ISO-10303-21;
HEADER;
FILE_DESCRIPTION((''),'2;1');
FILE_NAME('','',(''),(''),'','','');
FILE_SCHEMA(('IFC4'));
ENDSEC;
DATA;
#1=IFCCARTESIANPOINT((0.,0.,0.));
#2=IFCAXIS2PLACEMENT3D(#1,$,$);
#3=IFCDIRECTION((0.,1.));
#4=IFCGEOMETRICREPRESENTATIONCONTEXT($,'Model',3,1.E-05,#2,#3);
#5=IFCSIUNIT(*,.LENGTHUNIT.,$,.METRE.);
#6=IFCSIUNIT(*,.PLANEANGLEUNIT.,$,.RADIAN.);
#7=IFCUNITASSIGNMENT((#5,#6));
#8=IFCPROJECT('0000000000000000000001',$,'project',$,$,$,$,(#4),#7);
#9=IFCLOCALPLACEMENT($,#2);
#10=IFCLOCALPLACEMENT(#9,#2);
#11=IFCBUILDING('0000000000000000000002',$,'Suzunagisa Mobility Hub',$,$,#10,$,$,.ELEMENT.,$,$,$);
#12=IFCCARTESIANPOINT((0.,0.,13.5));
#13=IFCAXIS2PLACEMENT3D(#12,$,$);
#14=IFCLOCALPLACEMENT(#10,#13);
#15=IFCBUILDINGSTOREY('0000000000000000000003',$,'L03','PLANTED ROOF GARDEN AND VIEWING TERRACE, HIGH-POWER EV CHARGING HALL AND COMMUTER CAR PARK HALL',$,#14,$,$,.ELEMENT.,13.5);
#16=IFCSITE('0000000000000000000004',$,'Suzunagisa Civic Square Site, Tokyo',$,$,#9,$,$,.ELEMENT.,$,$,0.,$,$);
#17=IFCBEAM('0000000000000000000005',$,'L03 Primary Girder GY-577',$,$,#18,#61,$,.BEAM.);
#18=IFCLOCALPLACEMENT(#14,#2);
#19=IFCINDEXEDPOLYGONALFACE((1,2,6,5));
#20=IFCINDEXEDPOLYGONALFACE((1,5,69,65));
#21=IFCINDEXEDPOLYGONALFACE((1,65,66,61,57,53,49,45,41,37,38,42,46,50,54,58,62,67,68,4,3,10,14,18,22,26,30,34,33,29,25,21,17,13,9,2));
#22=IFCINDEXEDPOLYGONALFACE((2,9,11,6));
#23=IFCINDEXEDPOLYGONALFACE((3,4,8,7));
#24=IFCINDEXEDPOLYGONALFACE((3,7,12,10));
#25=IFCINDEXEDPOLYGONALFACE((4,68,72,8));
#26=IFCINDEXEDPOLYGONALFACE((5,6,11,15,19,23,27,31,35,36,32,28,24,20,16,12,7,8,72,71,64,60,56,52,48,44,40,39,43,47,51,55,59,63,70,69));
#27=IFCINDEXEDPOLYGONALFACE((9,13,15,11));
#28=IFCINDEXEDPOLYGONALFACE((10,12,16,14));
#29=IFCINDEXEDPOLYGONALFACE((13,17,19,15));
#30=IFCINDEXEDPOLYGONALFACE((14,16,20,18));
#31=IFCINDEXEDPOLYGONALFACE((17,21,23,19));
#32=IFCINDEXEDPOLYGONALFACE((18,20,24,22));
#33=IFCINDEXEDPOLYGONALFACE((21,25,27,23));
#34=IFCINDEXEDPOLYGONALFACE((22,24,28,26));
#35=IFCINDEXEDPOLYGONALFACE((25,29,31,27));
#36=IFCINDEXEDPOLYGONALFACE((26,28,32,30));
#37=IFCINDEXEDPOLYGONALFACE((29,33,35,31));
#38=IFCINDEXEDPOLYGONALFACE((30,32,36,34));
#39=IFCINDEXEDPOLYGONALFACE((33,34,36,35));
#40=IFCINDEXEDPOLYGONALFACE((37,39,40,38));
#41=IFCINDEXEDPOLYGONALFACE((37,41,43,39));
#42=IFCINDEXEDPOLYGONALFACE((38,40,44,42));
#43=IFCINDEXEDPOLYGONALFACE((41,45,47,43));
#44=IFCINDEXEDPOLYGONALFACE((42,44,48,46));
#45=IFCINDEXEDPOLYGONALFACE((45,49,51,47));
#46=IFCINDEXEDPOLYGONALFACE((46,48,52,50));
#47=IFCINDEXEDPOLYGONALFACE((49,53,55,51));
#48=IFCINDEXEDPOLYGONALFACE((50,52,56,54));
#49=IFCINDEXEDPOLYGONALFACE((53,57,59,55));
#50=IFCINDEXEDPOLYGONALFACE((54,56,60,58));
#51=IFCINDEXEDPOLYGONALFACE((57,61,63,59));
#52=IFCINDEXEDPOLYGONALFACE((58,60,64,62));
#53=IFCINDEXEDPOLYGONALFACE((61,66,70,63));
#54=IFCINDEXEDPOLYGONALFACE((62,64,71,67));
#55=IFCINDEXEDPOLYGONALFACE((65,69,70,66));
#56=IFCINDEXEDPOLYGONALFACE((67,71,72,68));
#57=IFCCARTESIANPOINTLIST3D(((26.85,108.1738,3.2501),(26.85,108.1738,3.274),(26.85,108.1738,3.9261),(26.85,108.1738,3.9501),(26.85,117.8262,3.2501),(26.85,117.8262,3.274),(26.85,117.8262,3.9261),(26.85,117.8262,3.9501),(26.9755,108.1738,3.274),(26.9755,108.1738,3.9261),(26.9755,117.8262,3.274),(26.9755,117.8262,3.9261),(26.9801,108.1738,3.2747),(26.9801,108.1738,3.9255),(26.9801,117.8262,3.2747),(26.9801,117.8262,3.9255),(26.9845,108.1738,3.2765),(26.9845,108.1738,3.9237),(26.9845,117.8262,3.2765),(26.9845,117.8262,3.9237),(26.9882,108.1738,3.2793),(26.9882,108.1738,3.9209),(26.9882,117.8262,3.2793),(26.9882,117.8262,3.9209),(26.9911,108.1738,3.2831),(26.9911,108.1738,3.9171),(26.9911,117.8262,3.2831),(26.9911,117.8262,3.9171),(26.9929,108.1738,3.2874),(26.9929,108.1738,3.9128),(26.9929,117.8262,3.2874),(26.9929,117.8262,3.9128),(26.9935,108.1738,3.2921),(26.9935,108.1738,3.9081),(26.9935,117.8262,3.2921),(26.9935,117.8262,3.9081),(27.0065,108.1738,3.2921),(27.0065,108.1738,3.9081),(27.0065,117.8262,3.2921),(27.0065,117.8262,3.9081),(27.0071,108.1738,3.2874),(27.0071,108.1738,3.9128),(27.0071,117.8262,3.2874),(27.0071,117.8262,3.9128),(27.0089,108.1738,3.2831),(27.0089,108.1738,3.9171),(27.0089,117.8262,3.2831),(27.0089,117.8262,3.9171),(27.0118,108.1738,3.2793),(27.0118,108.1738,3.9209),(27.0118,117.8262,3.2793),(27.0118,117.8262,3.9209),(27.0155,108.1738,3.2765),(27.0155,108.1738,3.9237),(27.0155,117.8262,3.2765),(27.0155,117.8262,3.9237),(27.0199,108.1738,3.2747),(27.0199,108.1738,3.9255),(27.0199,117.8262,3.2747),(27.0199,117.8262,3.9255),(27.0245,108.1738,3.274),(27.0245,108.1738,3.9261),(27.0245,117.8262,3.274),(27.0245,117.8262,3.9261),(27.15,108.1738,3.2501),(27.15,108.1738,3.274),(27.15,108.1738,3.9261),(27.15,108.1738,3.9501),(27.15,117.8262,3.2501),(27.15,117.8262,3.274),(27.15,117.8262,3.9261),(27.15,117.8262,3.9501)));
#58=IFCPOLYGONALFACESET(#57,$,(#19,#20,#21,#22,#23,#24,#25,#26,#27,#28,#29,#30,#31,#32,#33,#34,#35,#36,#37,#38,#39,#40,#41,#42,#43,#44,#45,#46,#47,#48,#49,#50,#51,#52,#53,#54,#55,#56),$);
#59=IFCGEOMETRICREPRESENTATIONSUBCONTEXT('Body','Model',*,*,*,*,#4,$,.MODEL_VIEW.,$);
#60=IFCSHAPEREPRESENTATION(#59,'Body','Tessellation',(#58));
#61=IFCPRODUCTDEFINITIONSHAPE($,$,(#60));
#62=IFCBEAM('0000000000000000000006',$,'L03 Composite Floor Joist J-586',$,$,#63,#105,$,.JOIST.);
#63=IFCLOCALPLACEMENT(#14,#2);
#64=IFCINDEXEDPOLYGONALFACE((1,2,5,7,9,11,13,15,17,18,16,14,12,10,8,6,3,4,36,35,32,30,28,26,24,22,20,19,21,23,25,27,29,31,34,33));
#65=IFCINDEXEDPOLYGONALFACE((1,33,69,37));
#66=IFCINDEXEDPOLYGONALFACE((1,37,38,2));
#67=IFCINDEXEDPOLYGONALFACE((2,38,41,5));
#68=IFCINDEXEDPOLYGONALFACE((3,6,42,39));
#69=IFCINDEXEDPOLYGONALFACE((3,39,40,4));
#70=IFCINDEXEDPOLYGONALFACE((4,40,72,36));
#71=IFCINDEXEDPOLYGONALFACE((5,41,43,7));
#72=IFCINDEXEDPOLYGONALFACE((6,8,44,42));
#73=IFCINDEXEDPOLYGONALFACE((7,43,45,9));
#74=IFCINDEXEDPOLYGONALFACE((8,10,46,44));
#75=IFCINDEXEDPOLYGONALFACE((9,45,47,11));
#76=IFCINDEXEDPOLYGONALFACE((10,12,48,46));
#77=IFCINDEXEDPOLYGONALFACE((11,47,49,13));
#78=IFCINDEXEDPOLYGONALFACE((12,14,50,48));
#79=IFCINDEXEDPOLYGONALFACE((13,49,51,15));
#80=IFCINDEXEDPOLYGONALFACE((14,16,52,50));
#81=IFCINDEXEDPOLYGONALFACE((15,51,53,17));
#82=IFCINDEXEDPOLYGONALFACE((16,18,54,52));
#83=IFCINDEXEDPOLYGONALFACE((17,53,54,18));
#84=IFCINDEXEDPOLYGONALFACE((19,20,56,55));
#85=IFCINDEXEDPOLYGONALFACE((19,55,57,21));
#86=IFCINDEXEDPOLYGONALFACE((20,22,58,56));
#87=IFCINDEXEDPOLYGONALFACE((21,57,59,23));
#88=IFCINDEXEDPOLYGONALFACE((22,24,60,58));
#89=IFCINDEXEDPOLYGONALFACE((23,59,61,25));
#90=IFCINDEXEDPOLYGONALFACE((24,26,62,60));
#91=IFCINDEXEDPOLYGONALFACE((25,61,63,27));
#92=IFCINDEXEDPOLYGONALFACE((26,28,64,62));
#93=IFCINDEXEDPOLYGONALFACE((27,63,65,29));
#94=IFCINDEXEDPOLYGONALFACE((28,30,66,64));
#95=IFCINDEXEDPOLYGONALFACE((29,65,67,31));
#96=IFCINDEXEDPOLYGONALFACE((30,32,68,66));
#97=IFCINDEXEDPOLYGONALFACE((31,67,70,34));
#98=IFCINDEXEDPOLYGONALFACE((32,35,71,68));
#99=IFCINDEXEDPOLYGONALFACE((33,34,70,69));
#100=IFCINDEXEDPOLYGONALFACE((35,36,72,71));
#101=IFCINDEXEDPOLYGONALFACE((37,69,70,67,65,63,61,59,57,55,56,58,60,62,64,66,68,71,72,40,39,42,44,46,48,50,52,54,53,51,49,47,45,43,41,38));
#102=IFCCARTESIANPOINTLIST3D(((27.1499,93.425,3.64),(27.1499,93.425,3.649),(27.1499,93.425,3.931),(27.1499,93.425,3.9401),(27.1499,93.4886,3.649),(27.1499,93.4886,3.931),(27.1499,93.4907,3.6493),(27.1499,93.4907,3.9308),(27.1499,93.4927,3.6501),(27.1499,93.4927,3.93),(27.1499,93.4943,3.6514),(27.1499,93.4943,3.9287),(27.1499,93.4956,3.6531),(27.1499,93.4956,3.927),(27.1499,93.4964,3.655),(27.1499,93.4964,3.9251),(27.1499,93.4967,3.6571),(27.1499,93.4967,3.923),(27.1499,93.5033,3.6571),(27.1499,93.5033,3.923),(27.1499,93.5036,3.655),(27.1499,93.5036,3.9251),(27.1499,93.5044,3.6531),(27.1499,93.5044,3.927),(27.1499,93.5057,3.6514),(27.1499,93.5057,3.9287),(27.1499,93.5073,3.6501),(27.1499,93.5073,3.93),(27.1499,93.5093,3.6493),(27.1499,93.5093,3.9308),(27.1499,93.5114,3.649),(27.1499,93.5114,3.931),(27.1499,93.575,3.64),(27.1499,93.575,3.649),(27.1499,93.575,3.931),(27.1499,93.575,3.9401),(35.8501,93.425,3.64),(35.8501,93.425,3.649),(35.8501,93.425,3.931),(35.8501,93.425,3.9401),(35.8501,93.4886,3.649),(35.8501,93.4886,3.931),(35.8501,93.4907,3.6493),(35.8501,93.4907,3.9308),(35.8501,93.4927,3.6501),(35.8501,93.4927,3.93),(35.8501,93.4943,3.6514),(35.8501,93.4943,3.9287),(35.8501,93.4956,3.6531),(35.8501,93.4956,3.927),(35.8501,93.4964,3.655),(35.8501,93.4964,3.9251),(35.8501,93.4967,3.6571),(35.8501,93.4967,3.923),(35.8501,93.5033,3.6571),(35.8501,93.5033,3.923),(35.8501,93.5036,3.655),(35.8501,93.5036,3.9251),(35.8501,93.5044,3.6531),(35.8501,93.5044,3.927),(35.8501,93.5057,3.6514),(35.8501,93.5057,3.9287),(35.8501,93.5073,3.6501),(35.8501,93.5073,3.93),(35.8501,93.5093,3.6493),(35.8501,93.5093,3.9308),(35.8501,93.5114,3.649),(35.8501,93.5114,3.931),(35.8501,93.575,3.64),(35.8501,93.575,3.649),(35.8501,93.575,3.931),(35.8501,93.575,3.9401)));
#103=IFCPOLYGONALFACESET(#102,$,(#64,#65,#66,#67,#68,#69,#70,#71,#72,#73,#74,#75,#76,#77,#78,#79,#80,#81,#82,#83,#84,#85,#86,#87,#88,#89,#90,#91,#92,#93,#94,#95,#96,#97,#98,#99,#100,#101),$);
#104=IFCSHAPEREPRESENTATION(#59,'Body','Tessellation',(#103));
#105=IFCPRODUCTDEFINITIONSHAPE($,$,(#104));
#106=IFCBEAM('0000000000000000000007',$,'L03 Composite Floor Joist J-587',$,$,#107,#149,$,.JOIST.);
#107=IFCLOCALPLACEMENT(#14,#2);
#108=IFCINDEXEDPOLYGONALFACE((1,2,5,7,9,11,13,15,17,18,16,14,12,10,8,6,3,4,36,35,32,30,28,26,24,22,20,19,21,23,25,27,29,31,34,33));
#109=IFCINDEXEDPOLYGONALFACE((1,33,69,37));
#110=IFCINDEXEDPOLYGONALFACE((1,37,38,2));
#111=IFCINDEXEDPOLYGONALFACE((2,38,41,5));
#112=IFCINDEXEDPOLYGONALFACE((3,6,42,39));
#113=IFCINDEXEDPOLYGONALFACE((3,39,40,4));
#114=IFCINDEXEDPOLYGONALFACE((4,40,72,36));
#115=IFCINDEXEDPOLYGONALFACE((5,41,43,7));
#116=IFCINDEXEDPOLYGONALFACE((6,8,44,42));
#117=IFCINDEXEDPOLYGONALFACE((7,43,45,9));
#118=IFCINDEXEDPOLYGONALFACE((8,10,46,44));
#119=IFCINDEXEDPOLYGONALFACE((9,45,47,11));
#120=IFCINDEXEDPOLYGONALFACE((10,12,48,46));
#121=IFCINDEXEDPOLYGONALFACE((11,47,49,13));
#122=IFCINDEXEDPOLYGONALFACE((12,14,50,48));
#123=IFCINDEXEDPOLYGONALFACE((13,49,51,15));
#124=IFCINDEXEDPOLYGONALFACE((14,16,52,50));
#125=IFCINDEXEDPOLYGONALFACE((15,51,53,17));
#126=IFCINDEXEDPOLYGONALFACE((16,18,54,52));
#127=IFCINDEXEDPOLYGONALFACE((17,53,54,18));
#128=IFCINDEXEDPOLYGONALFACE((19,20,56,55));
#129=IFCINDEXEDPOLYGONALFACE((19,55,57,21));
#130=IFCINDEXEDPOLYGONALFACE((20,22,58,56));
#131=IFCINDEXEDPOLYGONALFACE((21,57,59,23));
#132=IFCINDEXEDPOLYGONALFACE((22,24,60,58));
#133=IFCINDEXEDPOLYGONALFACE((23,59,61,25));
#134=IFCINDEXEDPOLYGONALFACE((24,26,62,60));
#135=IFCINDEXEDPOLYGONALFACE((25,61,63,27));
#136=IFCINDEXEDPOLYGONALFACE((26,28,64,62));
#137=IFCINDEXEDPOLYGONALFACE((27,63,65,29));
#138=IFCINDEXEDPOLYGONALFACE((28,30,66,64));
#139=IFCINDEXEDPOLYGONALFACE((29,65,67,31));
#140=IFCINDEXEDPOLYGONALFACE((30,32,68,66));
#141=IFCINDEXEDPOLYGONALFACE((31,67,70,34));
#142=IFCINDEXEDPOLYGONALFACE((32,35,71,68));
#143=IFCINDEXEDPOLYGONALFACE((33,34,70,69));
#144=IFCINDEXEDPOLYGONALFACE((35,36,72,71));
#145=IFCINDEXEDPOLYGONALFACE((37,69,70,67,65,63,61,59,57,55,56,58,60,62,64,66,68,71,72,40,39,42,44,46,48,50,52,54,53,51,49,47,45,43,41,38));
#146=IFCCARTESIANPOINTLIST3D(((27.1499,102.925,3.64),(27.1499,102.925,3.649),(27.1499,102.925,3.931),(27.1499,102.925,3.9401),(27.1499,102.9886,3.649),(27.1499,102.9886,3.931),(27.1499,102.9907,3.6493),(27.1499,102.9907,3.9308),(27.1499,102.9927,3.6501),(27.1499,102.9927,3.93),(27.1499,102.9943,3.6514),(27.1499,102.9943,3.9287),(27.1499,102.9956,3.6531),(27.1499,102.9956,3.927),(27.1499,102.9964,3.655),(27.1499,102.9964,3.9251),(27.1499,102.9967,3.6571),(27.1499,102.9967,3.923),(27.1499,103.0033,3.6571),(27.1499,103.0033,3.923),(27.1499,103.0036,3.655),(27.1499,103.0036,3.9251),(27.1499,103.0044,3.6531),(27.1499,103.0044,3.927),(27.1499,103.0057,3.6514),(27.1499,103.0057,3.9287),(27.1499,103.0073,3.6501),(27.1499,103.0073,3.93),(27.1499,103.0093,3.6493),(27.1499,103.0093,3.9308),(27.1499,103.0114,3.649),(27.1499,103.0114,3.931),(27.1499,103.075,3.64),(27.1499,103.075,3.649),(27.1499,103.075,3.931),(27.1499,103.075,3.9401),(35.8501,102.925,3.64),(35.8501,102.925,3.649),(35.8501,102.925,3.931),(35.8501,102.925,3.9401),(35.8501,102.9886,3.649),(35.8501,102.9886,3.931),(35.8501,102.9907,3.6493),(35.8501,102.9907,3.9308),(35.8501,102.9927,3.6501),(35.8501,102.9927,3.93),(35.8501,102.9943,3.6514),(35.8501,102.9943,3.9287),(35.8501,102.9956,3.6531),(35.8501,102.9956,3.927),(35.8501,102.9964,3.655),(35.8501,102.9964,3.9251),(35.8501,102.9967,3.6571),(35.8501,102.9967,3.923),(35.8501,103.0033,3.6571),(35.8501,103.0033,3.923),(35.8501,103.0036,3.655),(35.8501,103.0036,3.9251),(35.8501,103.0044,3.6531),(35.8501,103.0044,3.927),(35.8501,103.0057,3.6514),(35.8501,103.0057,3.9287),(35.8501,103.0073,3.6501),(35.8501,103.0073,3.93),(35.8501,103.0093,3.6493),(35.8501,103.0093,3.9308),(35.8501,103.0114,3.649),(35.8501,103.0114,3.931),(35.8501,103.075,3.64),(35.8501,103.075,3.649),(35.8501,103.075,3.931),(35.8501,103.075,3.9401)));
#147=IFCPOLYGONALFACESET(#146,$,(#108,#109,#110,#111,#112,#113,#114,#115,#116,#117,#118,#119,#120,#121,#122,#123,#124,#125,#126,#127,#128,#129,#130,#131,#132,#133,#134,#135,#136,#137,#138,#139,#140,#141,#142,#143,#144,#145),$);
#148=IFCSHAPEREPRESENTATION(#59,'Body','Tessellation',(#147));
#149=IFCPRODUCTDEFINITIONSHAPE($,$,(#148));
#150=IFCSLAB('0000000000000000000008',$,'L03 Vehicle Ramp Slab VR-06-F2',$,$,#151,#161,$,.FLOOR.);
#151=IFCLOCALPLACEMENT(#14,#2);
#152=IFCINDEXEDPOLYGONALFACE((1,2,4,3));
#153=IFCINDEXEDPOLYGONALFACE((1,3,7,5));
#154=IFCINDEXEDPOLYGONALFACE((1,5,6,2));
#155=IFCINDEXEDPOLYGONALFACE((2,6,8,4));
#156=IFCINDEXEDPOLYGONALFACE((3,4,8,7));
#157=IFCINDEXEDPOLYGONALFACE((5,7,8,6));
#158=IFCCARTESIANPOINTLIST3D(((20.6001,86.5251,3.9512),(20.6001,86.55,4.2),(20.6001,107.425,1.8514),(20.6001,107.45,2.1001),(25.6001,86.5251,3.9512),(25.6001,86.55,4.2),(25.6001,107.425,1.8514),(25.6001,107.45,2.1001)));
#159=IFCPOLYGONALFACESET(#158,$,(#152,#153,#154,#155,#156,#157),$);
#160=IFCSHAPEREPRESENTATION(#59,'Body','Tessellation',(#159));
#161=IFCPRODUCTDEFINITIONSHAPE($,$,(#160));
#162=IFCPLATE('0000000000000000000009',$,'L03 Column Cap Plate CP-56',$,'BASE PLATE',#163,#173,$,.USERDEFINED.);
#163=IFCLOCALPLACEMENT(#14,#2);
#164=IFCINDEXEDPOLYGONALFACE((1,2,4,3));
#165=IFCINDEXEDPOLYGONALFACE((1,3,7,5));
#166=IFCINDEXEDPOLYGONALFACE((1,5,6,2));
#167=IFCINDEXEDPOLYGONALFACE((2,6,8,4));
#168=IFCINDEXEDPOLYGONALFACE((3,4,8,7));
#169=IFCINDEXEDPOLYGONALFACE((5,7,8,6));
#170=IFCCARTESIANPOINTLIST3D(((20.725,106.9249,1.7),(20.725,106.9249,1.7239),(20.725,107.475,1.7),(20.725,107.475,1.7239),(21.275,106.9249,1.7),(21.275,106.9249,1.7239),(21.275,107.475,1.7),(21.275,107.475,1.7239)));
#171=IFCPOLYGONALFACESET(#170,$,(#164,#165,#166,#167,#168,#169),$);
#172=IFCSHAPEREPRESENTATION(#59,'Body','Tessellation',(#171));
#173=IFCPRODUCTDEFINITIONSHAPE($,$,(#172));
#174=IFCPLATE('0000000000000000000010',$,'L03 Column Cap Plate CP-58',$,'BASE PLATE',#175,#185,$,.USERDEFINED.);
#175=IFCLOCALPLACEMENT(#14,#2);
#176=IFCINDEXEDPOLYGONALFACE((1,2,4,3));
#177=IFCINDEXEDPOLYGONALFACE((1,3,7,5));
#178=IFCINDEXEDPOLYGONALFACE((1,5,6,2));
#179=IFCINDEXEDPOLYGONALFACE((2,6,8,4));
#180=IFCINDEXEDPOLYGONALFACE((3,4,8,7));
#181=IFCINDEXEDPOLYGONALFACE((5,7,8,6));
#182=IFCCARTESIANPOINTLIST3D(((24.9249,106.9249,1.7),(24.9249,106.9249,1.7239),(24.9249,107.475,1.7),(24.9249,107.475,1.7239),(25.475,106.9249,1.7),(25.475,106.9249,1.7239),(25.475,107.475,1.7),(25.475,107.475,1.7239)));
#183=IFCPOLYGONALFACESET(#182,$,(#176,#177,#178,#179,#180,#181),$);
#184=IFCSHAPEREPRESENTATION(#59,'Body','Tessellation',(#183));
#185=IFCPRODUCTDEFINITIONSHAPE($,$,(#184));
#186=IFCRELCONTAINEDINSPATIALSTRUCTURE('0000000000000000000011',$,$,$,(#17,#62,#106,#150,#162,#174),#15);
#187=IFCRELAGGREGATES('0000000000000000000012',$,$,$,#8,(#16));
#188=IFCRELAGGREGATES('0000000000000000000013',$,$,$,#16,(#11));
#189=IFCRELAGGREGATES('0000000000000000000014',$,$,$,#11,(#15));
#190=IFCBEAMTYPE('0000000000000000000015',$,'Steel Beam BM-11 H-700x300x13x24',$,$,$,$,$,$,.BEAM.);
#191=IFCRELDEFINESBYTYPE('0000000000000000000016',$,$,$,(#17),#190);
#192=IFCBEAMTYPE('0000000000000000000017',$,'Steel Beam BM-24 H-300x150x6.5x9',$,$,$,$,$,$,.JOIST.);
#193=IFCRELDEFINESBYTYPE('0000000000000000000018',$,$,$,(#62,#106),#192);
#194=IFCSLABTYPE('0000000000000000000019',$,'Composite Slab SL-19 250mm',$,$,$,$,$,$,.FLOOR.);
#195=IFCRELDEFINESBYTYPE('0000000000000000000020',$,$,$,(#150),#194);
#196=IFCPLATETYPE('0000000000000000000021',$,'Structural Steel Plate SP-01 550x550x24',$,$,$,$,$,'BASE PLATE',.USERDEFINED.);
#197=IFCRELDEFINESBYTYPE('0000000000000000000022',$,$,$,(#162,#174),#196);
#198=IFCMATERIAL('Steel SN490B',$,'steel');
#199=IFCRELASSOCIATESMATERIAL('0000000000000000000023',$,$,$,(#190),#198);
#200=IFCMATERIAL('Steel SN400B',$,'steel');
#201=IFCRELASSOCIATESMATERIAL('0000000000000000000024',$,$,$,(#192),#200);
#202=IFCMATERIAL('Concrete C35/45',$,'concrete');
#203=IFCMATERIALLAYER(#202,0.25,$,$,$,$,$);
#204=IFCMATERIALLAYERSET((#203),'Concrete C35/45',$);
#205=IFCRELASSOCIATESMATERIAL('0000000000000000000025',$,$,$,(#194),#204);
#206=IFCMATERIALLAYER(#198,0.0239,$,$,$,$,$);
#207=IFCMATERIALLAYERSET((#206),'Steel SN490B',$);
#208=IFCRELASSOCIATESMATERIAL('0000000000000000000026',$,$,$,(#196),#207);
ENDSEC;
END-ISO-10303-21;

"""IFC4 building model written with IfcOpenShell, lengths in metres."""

from ifc_helpers import new_model, si_unit, direction, frame, origin, origin_2d, place, context, subcontext, project, spatial, polyline, rectangle, i_section, outline, extrude, material, layer, layer_set, material_profile, profile_set, type_object, element, save


model = new_model("IFC4")

# Units and contexts
model_context = context("Model", 3, precision=1e-05, world=origin(), true_north=direction((0.0, 1.0)))
body_context = subcontext(model_context, "Body", "Model", "MODEL_VIEW")
ifc_project = project(units=[si_unit("LENGTHUNIT", "METRE"), si_unit("PLANEANGLEUNIT", "RADIAN")], contexts=[model_context])

# Site, building, storey
site_placement = place(None, origin())
site = spatial("IfcSite", under=ifc_project, at=site_placement, Name="Suzunagisa Civic Square Site, Tokyo", CompositionType="ELEMENT", RefElevation=0.0)
building_placement = place(site_placement, origin())
building = spatial("IfcBuilding", under=site, at=building_placement, Name="Suzunagisa Mobility Hub", CompositionType="ELEMENT")
storey_placement = place(building_placement, frame((0.0, 0.0, 13.5)))
storey = spatial("IfcBuildingStorey", under=building, at=storey_placement, Name="L03", Description="PLANTED ROOF GARDEN AND VIEWING TERRACE, HIGH-POWER EV CHARGING HALL AND COMMUTER CAR PARK HALL", CompositionType="ELEMENT", Elevation=13.5)

# Shared definitions
ifc_material_1 = material(Name="Steel SN490B", Category="steel")

# Beams
ifc_material_2 = material(Name="Steel SN400B", Category="steel")
ifc_material_profile_1 = material_profile(ifc_material_1, i_section(OverallWidth=0.3, OverallDepth=0.7, WebThickness=0.0129, FlangeThickness=0.0239, FilletRadius=0.0181, at=origin_2d()), Name="H-700x300x13x24")
ifc_profile_set_1 = profile_set([ifc_material_profile_1], Name="Steel SN490B")
beam_type_1 = type_object("IfcBeamType", Name="Steel Beam BM-11 H-700x300x13x24", PredefinedType="BEAM", material=ifc_profile_set_1)
for number, where, z_axis, x_axis, name in (
    (1, (27.0, 108.1738, 3.6001), (0.0, 1.0, 0.0), (-1.0, 0.0, 0.0), "L03 Primary Girder GY-577"),
):
    element("IfcBeam", number, at=place(storey_placement, frame(where, z_axis=z_axis, x_axis=x_axis)), inside=storey, type_object=beam_type_1, Name=name, PredefinedType="BEAM", context=body_context, shape_type="SweptSolid", body=[
        extrude(i_section(OverallWidth=0.3, OverallDepth=0.7, WebThickness=0.0129, FlangeThickness=0.0239, FilletRadius=0.0181, at=origin_2d()), origin(), (0.0, 0.0, 1.0), 9.6523),
    ])
ifc_material_profile_2 = material_profile(ifc_material_2, i_section(OverallWidth=0.1499, OverallDepth=0.3, WebThickness=0.0066, FlangeThickness=0.009, FilletRadius=0.0081, at=origin_2d()), Name="H-300x150x6.5x9")
ifc_profile_set_2 = profile_set([ifc_material_profile_2], Name="Steel SN400B")
beam_type_2 = type_object("IfcBeamType", Name="Steel Beam BM-24 H-300x150x6.5x9", PredefinedType="JOIST", material=ifc_profile_set_2)
for number, where, z_axis, x_axis, name in (
    (2, (27.1499, 93.5, 3.79), (1.0, 0.0, 0.0), (0.0, 1.0, 0.0), "L03 Composite Floor Joist J-586"),
    (3, (27.1499, 103.0, 3.79), (1.0, 0.0, 0.0), (0.0, 1.0, 0.0), "L03 Composite Floor Joist J-587"),
):
    element("IfcBeam", number, at=place(storey_placement, frame(where, z_axis=z_axis, x_axis=x_axis)), inside=storey, type_object=beam_type_2, Name=name, PredefinedType="JOIST", context=body_context, shape_type="SweptSolid", body=[
        extrude(i_section(OverallWidth=0.1499, OverallDepth=0.3, WebThickness=0.0066, FlangeThickness=0.009, FilletRadius=0.0081, at=origin_2d()), origin(), (0.0, 0.0, 1.0), 8.7002),
    ])

# Slab
ifc_material_3 = material(Name="Concrete C35/45", Category="concrete")
ifc_layer_1 = layer(ifc_material_3, 0.25)
ifc_layer_set_1 = layer_set([ifc_layer_1], Name="Concrete C35/45")
slab_type = type_object("IfcSlabType", Name="Composite Slab SL-19 250mm", PredefinedType="FLOOR", material=ifc_layer_set_1)
slab_placement = place(storey_placement, frame((20.6001, 107.45, 2.1001), z_axis=(0.0, 0.099969, 0.994991), x_axis=(1.0, 0.0, 0.0)))
element("IfcSlab", 4, at=slab_placement, inside=storey, type_object=slab_type, Name="L03 Vehicle Ramp Slab VR-06-F2", PredefinedType="FLOOR", context=body_context, shape_type="SweptSolid", body=[
    extrude(outline(polyline([(0.0, 0.0), (5.0, 0.0), (5.0, -21.0051), (0.0, -21.0051), (0.0, 0.0)])), origin(), (0.0, 0.0, -1.0), 0.25),
])

# Plates
ifc_layer_2 = layer(ifc_material_1, 0.0239)
ifc_layer_set_2 = layer_set([ifc_layer_2], Name="Steel SN490B")
plate_type_1 = type_object("IfcPlateType", Name="Structural Steel Plate SP-01 550x550x24", ElementType="BASE PLATE", PredefinedType="USERDEFINED", material=ifc_layer_set_2)
for number, where, z_axis, x_axis, name in (
    (5, (21.0, 107.2, 1.7), (0.0, 0.0, 1.0), (1.0, 0.0, 0.0), "L03 Column Cap Plate CP-56"),
    (6, (25.2, 107.2, 1.7), (0.0, 0.0, 1.0), (1.0, 0.0, 0.0), "L03 Column Cap Plate CP-58"),
):
    element("IfcPlate", number, at=place(storey_placement, frame(where, z_axis=z_axis, x_axis=x_axis)), inside=storey, type_object=plate_type_1, Name=name, ObjectType="BASE PLATE", PredefinedType="USERDEFINED", context=body_context, shape_type="SweptSolid", body=[
        extrude(rectangle(XDim=0.55, YDim=0.55, at=origin_2d()), origin(), (0.0, 0.0, 1.0), 0.0239),
    ])

save(model, "model.ifc")
